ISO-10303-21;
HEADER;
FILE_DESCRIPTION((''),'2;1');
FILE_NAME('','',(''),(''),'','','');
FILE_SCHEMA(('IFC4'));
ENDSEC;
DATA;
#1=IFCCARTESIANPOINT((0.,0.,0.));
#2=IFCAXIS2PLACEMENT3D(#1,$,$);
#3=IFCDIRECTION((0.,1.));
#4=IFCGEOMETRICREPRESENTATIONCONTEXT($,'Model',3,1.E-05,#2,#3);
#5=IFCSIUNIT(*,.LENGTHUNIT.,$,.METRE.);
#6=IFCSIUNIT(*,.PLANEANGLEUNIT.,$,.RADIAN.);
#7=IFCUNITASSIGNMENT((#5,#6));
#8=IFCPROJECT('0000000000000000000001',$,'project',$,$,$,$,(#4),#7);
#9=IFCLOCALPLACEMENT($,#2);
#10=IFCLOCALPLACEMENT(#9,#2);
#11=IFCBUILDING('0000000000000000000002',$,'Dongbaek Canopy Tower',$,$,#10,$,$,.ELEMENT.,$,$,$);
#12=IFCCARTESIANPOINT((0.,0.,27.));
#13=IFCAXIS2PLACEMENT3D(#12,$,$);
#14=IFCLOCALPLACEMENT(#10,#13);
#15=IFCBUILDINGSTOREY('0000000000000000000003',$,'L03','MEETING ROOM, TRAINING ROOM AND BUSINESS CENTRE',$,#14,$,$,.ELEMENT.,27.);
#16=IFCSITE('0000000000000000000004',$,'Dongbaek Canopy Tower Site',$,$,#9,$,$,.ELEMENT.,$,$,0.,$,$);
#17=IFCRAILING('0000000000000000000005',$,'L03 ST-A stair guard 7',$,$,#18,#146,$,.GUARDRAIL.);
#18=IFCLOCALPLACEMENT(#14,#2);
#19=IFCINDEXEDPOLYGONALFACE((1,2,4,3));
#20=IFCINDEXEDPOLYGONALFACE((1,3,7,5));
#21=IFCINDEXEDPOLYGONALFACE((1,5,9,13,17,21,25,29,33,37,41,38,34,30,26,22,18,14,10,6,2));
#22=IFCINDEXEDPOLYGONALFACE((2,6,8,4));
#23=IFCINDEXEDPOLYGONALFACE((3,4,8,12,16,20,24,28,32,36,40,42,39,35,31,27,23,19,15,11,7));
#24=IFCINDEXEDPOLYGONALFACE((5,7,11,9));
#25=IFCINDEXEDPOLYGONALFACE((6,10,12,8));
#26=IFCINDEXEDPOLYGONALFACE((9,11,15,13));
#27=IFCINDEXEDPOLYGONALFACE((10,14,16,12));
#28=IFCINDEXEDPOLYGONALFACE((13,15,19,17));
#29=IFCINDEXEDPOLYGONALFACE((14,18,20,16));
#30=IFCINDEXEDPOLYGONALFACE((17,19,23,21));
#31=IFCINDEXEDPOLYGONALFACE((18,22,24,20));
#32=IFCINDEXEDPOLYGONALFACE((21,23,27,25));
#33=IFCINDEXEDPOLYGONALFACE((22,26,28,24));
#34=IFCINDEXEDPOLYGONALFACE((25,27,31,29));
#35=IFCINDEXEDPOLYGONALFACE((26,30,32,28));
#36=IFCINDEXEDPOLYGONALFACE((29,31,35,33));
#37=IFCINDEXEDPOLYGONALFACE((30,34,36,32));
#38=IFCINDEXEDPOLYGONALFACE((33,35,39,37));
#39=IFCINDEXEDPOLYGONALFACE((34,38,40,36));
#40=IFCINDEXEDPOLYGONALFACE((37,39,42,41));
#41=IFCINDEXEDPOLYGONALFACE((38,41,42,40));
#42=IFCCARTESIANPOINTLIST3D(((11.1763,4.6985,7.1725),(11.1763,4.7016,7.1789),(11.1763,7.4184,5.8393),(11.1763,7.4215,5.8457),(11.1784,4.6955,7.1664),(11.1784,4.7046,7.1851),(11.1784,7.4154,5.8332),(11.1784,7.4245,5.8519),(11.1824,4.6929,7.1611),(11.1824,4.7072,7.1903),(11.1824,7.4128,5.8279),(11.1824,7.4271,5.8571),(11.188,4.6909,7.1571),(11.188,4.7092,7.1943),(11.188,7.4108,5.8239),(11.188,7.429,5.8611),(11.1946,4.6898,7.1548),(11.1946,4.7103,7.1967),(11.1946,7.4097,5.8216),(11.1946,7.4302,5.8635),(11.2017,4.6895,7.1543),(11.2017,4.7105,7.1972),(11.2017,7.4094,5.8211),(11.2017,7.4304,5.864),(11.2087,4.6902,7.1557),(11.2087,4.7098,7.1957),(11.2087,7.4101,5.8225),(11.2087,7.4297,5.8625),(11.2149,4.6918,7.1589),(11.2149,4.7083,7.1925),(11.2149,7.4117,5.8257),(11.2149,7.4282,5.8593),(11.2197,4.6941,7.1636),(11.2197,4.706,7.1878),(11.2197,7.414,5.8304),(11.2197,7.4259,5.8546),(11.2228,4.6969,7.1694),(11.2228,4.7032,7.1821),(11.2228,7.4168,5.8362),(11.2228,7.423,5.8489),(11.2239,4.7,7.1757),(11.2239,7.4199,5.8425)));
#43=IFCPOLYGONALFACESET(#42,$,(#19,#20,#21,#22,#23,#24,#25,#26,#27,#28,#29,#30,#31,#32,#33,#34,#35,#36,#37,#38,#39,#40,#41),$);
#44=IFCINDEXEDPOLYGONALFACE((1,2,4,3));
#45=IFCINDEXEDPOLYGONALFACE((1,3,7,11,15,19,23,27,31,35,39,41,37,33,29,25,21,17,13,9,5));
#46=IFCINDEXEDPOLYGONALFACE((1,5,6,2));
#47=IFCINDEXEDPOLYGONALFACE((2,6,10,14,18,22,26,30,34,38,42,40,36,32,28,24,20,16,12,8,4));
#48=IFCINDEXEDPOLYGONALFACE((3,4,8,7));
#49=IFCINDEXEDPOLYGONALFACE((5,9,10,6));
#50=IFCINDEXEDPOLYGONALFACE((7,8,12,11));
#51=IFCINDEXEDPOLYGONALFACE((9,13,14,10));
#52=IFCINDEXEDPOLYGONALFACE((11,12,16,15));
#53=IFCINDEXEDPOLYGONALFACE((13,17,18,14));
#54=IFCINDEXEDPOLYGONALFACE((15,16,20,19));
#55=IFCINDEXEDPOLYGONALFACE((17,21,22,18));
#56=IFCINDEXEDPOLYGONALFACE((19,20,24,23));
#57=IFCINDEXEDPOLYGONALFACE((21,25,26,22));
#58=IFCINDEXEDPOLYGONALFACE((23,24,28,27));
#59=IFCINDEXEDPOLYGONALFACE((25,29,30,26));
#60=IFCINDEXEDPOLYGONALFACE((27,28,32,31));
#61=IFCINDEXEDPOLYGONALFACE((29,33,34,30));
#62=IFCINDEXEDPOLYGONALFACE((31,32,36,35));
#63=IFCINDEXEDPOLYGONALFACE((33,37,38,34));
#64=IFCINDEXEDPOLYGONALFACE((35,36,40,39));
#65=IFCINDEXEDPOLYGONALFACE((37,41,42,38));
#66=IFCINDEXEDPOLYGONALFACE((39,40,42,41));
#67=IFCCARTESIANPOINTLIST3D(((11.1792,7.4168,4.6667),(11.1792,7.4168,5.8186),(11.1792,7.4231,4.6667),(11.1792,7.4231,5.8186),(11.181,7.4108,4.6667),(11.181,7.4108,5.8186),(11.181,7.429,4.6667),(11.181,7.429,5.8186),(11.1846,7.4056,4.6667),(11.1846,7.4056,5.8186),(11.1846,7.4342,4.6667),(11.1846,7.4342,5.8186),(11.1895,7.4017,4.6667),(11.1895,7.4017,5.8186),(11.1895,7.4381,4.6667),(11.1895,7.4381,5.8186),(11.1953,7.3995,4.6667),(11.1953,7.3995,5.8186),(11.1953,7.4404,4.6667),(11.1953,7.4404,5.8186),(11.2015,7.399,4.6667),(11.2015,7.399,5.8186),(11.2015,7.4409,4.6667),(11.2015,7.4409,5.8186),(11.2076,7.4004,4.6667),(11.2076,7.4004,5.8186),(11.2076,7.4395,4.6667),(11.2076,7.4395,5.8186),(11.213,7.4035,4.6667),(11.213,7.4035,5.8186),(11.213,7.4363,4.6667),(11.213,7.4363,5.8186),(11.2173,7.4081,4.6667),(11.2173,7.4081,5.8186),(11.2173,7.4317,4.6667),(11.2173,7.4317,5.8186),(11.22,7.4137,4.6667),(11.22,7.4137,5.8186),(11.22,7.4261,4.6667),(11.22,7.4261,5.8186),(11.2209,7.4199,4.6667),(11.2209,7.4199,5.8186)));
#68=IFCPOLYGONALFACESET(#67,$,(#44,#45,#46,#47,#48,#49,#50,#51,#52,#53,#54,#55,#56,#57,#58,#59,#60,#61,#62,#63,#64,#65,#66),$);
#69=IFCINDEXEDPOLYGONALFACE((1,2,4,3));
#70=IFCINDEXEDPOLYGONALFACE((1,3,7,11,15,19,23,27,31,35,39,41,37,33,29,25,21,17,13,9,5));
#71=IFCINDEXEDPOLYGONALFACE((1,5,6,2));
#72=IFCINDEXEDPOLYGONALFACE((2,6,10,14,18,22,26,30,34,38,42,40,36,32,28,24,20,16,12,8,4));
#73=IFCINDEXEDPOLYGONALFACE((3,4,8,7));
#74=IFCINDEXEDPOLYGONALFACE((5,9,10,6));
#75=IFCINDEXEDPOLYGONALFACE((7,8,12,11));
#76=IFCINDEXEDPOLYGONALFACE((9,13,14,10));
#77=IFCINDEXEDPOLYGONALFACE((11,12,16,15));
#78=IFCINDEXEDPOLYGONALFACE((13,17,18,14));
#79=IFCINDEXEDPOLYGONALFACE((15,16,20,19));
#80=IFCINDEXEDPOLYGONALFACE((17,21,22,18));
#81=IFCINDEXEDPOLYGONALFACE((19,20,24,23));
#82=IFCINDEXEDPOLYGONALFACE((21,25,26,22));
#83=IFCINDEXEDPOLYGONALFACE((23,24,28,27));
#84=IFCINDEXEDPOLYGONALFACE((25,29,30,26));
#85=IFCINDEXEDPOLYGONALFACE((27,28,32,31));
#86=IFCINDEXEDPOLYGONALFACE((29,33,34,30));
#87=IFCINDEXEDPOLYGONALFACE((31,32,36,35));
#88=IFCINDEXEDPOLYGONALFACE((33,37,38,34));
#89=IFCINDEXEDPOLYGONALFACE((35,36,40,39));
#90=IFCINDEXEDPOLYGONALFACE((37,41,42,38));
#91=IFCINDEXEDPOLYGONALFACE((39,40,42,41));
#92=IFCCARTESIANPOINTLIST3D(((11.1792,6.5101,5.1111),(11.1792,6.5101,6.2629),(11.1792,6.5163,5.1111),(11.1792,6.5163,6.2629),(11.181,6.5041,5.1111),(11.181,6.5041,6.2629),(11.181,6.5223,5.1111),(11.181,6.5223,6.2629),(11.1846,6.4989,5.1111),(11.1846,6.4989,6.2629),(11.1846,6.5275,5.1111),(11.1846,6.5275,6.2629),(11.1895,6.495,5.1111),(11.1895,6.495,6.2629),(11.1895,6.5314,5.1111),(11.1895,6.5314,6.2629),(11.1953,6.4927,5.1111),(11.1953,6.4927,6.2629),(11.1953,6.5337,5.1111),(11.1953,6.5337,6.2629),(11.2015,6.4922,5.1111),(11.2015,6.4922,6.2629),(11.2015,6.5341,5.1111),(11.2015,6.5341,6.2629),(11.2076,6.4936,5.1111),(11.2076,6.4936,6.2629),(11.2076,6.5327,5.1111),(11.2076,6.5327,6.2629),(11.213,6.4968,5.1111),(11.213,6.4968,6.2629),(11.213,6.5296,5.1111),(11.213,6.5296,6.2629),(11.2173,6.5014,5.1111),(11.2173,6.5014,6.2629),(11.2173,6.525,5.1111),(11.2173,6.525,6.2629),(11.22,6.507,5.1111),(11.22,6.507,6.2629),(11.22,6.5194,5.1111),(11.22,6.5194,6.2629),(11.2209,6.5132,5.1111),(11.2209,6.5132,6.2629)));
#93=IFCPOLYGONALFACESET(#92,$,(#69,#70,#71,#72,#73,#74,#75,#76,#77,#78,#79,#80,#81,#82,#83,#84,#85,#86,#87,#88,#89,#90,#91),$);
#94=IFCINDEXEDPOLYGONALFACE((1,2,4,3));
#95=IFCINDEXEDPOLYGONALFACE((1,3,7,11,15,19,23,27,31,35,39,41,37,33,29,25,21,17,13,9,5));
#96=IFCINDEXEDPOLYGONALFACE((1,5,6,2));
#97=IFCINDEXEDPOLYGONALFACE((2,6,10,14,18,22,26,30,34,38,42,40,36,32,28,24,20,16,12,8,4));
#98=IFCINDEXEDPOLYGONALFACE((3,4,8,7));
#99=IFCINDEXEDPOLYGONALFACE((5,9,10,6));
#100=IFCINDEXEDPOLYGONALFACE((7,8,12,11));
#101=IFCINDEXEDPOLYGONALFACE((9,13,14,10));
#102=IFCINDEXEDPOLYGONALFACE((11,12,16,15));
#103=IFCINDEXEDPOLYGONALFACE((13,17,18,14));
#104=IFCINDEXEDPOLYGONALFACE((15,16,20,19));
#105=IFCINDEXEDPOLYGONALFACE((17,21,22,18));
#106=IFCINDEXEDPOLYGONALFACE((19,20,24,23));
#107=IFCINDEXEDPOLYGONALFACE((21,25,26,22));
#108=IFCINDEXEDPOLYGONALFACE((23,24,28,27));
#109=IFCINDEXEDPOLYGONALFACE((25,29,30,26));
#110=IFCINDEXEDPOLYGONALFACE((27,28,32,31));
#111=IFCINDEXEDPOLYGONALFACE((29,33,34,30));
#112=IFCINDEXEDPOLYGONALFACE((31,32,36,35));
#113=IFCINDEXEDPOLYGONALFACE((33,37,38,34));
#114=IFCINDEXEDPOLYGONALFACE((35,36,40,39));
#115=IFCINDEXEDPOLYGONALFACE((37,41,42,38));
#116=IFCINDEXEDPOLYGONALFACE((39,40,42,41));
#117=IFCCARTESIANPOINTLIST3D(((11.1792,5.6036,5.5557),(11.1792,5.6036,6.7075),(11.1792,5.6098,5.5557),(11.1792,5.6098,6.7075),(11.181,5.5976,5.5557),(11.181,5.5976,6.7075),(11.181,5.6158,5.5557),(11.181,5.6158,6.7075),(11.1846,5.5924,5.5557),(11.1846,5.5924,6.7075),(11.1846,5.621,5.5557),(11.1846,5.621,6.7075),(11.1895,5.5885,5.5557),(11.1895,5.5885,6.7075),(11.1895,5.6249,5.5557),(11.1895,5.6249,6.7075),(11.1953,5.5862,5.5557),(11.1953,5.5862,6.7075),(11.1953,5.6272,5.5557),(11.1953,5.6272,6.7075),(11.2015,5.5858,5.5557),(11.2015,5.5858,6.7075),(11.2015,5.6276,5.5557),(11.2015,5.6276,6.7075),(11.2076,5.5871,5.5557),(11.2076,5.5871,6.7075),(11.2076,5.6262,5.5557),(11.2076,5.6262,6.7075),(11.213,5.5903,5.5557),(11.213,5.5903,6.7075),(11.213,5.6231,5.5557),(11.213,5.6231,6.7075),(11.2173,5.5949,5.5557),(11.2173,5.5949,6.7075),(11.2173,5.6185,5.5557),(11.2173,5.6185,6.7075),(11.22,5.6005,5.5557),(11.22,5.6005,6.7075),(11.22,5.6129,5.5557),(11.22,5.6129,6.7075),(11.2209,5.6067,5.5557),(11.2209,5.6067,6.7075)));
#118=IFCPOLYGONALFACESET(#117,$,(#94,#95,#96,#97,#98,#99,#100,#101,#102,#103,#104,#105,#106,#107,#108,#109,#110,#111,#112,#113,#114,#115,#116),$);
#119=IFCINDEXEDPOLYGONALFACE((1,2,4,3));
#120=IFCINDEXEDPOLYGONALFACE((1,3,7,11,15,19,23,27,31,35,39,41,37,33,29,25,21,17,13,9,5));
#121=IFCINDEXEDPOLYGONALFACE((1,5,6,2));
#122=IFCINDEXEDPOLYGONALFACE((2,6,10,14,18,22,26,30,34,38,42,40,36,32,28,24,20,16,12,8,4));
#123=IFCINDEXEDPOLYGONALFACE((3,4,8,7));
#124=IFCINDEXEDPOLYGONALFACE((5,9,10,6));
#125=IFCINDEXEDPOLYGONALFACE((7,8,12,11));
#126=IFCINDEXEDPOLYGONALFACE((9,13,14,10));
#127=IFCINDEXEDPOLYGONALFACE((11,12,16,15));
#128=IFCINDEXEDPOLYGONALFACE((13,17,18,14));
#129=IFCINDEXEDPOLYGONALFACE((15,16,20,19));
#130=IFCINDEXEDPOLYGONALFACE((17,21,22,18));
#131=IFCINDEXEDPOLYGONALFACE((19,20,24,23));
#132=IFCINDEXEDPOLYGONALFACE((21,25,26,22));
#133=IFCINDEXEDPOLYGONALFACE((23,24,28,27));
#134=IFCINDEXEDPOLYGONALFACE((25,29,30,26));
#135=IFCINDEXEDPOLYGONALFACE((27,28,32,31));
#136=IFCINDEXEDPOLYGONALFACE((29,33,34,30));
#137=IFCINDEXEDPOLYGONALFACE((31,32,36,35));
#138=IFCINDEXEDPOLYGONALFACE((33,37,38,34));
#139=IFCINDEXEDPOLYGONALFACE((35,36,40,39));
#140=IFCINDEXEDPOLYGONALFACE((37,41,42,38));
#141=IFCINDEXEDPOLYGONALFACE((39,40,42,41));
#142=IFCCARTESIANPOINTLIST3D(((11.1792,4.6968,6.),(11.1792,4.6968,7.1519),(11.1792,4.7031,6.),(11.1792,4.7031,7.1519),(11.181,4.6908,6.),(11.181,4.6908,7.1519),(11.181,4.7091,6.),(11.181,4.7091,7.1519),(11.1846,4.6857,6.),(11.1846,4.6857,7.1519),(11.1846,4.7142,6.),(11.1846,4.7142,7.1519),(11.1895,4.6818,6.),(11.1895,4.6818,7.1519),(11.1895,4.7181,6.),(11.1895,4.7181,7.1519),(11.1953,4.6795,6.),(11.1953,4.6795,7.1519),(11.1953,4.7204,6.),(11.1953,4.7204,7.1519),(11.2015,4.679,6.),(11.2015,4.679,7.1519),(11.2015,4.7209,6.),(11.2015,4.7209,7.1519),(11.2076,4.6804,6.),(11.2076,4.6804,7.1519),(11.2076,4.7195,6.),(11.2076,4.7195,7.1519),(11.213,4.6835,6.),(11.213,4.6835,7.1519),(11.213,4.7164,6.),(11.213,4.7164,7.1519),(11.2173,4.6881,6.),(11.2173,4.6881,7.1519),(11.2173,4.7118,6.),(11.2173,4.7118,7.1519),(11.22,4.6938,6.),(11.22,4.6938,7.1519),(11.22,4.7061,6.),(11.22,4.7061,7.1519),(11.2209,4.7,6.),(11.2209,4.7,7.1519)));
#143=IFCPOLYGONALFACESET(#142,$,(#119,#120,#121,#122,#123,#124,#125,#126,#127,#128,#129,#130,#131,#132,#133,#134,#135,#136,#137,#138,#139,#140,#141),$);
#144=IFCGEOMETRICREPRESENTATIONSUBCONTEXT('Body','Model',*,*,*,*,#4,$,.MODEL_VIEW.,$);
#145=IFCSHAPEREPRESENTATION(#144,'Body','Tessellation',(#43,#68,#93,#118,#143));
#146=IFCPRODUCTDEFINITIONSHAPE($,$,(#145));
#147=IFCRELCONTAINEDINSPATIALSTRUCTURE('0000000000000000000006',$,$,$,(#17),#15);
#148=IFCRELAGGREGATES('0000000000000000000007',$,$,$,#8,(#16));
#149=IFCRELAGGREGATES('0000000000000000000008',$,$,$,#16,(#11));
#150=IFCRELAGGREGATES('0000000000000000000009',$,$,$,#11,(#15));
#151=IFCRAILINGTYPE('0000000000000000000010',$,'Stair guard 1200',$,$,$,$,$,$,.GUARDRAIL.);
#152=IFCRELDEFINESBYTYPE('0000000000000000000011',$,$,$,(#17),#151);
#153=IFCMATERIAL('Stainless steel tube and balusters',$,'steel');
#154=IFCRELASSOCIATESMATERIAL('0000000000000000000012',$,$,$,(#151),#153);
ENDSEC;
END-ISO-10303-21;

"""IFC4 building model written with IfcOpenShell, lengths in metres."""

from ifc_helpers import new_model, si_unit, direction, frame, origin, origin_2d, place, context, subcontext, project, spatial, circle, extrude, material, type_object, element, save


model = new_model("IFC4")

# Units and contexts
model_context = context("Model", 3, precision=1e-05, world=origin(), true_north=direction((0.0, 1.0)))
body_context = subcontext(model_context, "Body", "Model", "MODEL_VIEW")
ifc_project = project(units=[si_unit("LENGTHUNIT", "METRE"), si_unit("PLANEANGLEUNIT", "RADIAN")], contexts=[model_context])

# Site, building, storey
site_placement = place(None, origin())
site = spatial("IfcSite", under=ifc_project, at=site_placement, Name="Dongbaek Canopy Tower Site", CompositionType="ELEMENT", RefElevation=0.0)
building_placement = place(site_placement, origin())
building = spatial("IfcBuilding", under=site, at=building_placement, Name="Dongbaek Canopy Tower", CompositionType="ELEMENT")
storey_placement = place(building_placement, frame((0.0, 0.0, 27.0)))
storey = spatial("IfcBuildingStorey", under=building, at=storey_placement, Name="L03", Description="MEETING ROOM, TRAINING ROOM AND BUSINESS CENTRE", CompositionType="ELEMENT", Elevation=27.0)

# Railing
ifc_material_1 = material(Name="Stainless steel tube and balusters", Category="steel")
railing_type_1 = type_object("IfcRailingType", Name="Stair guard 1200", PredefinedType="GUARDRAIL", material=ifc_material_1)
railing_1_placement = place(storey_placement, frame((11.2, 7.4199, 4.6667)))
element("IfcRailing", 1, at=railing_1_placement, inside=storey, type_object=railing_type_1, Name="L03 ST-A stair guard 7", PredefinedType="GUARDRAIL", context=body_context, shape_type="SweptSolid", body=[
    extrude(circle(Radius=0.0239, at=origin_2d()), frame((0.0, 0.0, 1.1758), z_axis=(0.0, -0.897929, 0.440139), x_axis=(1.0, 0.0, 0.0)), (0.0, 0.0, 1.0), 3.0291),
    extrude(circle(Radius=0.021, at=origin_2d()), origin(), (0.0, 0.0, 1.0), 1.1519),
    extrude(circle(Radius=0.021, at=origin_2d()), frame((0.0, -0.9067, 0.4443)), (0.0, 0.0, 1.0), 1.1519),
    extrude(circle(Radius=0.021, at=origin_2d()), frame((0.0, -1.8132, 0.8889)), (0.0, 0.0, 1.0), 1.1519),
    extrude(circle(Radius=0.021, at=origin_2d()), frame((0.0, -2.72, 1.3333)), (0.0, 0.0, 1.0), 1.1519),
])

save(model, "model.ifc")
